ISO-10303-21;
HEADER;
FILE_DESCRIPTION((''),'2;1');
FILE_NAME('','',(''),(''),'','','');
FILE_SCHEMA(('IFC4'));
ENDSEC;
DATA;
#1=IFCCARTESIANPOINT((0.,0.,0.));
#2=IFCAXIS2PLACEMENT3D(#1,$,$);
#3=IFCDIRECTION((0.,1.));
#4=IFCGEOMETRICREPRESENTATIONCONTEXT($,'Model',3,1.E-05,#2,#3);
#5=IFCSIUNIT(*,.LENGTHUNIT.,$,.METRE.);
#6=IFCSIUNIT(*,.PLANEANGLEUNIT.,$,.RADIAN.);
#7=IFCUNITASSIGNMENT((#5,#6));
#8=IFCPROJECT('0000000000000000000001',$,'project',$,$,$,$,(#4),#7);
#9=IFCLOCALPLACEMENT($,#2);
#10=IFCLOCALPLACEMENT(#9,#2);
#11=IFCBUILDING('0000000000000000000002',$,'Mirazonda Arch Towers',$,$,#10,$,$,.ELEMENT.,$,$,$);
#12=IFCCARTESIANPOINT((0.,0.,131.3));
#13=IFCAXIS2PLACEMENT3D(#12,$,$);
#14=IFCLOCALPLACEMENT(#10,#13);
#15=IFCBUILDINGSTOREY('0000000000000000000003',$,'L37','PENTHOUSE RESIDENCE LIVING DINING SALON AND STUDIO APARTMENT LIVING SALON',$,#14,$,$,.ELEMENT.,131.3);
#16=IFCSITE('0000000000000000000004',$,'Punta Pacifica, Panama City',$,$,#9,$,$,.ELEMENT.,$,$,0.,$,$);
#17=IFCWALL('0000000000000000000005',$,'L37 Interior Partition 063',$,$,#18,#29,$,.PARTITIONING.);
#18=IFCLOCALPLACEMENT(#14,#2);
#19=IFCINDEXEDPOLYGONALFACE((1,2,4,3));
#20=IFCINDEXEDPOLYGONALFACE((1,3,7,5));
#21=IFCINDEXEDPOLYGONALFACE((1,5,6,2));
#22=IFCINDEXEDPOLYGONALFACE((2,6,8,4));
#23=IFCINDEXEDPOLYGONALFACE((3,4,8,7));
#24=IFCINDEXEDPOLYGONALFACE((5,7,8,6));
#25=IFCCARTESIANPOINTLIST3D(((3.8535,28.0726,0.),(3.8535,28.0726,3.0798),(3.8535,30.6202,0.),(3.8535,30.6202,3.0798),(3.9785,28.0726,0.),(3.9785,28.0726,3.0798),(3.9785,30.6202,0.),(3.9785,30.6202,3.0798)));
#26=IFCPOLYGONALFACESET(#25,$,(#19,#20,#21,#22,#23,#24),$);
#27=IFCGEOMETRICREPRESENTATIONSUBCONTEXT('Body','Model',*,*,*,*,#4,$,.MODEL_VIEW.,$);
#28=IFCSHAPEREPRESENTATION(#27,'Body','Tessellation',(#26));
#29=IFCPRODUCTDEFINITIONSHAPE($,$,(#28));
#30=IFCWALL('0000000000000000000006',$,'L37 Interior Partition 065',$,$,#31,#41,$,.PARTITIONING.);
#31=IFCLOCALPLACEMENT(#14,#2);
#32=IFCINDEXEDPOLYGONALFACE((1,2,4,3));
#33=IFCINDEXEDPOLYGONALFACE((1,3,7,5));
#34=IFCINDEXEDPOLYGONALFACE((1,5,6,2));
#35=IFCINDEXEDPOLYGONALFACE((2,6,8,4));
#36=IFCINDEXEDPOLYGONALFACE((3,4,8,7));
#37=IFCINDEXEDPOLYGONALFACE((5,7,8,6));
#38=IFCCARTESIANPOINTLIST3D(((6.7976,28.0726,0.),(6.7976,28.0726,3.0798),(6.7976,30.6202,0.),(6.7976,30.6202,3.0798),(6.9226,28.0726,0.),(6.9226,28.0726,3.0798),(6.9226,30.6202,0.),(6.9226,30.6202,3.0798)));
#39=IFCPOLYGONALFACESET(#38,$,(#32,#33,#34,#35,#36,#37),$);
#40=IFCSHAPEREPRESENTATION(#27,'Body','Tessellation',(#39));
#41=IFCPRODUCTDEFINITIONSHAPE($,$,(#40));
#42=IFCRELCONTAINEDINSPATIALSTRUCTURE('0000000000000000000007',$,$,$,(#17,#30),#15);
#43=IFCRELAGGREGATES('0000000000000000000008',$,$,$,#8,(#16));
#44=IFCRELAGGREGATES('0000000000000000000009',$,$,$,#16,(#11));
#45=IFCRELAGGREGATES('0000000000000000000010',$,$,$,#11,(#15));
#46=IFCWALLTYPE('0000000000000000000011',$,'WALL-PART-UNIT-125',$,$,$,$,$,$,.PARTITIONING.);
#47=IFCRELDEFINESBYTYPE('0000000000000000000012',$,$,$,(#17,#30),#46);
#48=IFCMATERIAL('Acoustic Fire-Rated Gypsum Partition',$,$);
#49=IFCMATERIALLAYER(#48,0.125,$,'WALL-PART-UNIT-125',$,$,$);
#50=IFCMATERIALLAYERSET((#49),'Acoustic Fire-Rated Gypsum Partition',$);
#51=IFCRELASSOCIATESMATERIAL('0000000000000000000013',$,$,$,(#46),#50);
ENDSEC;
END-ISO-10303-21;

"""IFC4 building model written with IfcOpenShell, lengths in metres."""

from ifc_helpers import new_model, si_unit, direction, frame, frame_2d, origin, place, context, subcontext, project, spatial, rectangle, extrude, material, layer, layer_set, type_object, element, save


model = new_model("IFC4")

# Units and contexts
model_context = context("Model", 3, precision=1e-05, world=origin(), true_north=direction((0.0, 1.0)))
body_context = subcontext(model_context, "Body", "Model", "MODEL_VIEW")
ifc_project = project(units=[si_unit("LENGTHUNIT", "METRE"), si_unit("PLANEANGLEUNIT", "RADIAN")], contexts=[model_context])

# Site, building, storey
site_placement = place(None, origin())
site = spatial("IfcSite", under=ifc_project, at=site_placement, Name="Punta Pacifica, Panama City", CompositionType="ELEMENT", RefElevation=0.0)
building_placement = place(site_placement, origin())
building = spatial("IfcBuilding", under=site, at=building_placement, Name="Mirazonda Arch Towers", CompositionType="ELEMENT")
storey_placement = place(building_placement, frame((0.0, 0.0, 131.3)))
storey = spatial("IfcBuildingStorey", under=building, at=storey_placement, Name="L37", Description="PENTHOUSE RESIDENCE LIVING DINING SALON AND STUDIO APARTMENT LIVING SALON", CompositionType="ELEMENT", Elevation=131.3)

# Walls
ifc_material_1 = material(Name="Acoustic Fire-Rated Gypsum Partition")
ifc_layer_1 = layer(ifc_material_1, 0.125, Name="WALL-PART-UNIT-125")
ifc_layer_set_1 = layer_set([ifc_layer_1], Name="Acoustic Fire-Rated Gypsum Partition")
wall_type_1 = type_object("IfcWallType", Name="WALL-PART-UNIT-125", PredefinedType="PARTITIONING", material=ifc_layer_set_1)
for number, where, z_axis, x_axis, name in (
    (1, (3.916, 28.0725, 0.0), (0.0, 0.0, 1.0), (0.0, 1.0, 0.0), "L37 Interior Partition 063"),
    (2, (6.8601, 28.0725, 0.0), (0.0, 0.0, 1.0), (0.0, 1.0, 0.0), "L37 Interior Partition 065"),
):
    element("IfcWall", number, at=place(storey_placement, frame(where, z_axis=z_axis, x_axis=x_axis)), inside=storey, type_object=wall_type_1, Name=name, PredefinedType="PARTITIONING", context=body_context, shape_type="SweptSolid", body=[
        extrude(rectangle(XDim=2.5476, YDim=0.125, at=frame_2d((1.2739, 0.0))), origin(), (0.0, 0.0, 1.0), 3.0798),
    ])

save(model, "model.ifc")
